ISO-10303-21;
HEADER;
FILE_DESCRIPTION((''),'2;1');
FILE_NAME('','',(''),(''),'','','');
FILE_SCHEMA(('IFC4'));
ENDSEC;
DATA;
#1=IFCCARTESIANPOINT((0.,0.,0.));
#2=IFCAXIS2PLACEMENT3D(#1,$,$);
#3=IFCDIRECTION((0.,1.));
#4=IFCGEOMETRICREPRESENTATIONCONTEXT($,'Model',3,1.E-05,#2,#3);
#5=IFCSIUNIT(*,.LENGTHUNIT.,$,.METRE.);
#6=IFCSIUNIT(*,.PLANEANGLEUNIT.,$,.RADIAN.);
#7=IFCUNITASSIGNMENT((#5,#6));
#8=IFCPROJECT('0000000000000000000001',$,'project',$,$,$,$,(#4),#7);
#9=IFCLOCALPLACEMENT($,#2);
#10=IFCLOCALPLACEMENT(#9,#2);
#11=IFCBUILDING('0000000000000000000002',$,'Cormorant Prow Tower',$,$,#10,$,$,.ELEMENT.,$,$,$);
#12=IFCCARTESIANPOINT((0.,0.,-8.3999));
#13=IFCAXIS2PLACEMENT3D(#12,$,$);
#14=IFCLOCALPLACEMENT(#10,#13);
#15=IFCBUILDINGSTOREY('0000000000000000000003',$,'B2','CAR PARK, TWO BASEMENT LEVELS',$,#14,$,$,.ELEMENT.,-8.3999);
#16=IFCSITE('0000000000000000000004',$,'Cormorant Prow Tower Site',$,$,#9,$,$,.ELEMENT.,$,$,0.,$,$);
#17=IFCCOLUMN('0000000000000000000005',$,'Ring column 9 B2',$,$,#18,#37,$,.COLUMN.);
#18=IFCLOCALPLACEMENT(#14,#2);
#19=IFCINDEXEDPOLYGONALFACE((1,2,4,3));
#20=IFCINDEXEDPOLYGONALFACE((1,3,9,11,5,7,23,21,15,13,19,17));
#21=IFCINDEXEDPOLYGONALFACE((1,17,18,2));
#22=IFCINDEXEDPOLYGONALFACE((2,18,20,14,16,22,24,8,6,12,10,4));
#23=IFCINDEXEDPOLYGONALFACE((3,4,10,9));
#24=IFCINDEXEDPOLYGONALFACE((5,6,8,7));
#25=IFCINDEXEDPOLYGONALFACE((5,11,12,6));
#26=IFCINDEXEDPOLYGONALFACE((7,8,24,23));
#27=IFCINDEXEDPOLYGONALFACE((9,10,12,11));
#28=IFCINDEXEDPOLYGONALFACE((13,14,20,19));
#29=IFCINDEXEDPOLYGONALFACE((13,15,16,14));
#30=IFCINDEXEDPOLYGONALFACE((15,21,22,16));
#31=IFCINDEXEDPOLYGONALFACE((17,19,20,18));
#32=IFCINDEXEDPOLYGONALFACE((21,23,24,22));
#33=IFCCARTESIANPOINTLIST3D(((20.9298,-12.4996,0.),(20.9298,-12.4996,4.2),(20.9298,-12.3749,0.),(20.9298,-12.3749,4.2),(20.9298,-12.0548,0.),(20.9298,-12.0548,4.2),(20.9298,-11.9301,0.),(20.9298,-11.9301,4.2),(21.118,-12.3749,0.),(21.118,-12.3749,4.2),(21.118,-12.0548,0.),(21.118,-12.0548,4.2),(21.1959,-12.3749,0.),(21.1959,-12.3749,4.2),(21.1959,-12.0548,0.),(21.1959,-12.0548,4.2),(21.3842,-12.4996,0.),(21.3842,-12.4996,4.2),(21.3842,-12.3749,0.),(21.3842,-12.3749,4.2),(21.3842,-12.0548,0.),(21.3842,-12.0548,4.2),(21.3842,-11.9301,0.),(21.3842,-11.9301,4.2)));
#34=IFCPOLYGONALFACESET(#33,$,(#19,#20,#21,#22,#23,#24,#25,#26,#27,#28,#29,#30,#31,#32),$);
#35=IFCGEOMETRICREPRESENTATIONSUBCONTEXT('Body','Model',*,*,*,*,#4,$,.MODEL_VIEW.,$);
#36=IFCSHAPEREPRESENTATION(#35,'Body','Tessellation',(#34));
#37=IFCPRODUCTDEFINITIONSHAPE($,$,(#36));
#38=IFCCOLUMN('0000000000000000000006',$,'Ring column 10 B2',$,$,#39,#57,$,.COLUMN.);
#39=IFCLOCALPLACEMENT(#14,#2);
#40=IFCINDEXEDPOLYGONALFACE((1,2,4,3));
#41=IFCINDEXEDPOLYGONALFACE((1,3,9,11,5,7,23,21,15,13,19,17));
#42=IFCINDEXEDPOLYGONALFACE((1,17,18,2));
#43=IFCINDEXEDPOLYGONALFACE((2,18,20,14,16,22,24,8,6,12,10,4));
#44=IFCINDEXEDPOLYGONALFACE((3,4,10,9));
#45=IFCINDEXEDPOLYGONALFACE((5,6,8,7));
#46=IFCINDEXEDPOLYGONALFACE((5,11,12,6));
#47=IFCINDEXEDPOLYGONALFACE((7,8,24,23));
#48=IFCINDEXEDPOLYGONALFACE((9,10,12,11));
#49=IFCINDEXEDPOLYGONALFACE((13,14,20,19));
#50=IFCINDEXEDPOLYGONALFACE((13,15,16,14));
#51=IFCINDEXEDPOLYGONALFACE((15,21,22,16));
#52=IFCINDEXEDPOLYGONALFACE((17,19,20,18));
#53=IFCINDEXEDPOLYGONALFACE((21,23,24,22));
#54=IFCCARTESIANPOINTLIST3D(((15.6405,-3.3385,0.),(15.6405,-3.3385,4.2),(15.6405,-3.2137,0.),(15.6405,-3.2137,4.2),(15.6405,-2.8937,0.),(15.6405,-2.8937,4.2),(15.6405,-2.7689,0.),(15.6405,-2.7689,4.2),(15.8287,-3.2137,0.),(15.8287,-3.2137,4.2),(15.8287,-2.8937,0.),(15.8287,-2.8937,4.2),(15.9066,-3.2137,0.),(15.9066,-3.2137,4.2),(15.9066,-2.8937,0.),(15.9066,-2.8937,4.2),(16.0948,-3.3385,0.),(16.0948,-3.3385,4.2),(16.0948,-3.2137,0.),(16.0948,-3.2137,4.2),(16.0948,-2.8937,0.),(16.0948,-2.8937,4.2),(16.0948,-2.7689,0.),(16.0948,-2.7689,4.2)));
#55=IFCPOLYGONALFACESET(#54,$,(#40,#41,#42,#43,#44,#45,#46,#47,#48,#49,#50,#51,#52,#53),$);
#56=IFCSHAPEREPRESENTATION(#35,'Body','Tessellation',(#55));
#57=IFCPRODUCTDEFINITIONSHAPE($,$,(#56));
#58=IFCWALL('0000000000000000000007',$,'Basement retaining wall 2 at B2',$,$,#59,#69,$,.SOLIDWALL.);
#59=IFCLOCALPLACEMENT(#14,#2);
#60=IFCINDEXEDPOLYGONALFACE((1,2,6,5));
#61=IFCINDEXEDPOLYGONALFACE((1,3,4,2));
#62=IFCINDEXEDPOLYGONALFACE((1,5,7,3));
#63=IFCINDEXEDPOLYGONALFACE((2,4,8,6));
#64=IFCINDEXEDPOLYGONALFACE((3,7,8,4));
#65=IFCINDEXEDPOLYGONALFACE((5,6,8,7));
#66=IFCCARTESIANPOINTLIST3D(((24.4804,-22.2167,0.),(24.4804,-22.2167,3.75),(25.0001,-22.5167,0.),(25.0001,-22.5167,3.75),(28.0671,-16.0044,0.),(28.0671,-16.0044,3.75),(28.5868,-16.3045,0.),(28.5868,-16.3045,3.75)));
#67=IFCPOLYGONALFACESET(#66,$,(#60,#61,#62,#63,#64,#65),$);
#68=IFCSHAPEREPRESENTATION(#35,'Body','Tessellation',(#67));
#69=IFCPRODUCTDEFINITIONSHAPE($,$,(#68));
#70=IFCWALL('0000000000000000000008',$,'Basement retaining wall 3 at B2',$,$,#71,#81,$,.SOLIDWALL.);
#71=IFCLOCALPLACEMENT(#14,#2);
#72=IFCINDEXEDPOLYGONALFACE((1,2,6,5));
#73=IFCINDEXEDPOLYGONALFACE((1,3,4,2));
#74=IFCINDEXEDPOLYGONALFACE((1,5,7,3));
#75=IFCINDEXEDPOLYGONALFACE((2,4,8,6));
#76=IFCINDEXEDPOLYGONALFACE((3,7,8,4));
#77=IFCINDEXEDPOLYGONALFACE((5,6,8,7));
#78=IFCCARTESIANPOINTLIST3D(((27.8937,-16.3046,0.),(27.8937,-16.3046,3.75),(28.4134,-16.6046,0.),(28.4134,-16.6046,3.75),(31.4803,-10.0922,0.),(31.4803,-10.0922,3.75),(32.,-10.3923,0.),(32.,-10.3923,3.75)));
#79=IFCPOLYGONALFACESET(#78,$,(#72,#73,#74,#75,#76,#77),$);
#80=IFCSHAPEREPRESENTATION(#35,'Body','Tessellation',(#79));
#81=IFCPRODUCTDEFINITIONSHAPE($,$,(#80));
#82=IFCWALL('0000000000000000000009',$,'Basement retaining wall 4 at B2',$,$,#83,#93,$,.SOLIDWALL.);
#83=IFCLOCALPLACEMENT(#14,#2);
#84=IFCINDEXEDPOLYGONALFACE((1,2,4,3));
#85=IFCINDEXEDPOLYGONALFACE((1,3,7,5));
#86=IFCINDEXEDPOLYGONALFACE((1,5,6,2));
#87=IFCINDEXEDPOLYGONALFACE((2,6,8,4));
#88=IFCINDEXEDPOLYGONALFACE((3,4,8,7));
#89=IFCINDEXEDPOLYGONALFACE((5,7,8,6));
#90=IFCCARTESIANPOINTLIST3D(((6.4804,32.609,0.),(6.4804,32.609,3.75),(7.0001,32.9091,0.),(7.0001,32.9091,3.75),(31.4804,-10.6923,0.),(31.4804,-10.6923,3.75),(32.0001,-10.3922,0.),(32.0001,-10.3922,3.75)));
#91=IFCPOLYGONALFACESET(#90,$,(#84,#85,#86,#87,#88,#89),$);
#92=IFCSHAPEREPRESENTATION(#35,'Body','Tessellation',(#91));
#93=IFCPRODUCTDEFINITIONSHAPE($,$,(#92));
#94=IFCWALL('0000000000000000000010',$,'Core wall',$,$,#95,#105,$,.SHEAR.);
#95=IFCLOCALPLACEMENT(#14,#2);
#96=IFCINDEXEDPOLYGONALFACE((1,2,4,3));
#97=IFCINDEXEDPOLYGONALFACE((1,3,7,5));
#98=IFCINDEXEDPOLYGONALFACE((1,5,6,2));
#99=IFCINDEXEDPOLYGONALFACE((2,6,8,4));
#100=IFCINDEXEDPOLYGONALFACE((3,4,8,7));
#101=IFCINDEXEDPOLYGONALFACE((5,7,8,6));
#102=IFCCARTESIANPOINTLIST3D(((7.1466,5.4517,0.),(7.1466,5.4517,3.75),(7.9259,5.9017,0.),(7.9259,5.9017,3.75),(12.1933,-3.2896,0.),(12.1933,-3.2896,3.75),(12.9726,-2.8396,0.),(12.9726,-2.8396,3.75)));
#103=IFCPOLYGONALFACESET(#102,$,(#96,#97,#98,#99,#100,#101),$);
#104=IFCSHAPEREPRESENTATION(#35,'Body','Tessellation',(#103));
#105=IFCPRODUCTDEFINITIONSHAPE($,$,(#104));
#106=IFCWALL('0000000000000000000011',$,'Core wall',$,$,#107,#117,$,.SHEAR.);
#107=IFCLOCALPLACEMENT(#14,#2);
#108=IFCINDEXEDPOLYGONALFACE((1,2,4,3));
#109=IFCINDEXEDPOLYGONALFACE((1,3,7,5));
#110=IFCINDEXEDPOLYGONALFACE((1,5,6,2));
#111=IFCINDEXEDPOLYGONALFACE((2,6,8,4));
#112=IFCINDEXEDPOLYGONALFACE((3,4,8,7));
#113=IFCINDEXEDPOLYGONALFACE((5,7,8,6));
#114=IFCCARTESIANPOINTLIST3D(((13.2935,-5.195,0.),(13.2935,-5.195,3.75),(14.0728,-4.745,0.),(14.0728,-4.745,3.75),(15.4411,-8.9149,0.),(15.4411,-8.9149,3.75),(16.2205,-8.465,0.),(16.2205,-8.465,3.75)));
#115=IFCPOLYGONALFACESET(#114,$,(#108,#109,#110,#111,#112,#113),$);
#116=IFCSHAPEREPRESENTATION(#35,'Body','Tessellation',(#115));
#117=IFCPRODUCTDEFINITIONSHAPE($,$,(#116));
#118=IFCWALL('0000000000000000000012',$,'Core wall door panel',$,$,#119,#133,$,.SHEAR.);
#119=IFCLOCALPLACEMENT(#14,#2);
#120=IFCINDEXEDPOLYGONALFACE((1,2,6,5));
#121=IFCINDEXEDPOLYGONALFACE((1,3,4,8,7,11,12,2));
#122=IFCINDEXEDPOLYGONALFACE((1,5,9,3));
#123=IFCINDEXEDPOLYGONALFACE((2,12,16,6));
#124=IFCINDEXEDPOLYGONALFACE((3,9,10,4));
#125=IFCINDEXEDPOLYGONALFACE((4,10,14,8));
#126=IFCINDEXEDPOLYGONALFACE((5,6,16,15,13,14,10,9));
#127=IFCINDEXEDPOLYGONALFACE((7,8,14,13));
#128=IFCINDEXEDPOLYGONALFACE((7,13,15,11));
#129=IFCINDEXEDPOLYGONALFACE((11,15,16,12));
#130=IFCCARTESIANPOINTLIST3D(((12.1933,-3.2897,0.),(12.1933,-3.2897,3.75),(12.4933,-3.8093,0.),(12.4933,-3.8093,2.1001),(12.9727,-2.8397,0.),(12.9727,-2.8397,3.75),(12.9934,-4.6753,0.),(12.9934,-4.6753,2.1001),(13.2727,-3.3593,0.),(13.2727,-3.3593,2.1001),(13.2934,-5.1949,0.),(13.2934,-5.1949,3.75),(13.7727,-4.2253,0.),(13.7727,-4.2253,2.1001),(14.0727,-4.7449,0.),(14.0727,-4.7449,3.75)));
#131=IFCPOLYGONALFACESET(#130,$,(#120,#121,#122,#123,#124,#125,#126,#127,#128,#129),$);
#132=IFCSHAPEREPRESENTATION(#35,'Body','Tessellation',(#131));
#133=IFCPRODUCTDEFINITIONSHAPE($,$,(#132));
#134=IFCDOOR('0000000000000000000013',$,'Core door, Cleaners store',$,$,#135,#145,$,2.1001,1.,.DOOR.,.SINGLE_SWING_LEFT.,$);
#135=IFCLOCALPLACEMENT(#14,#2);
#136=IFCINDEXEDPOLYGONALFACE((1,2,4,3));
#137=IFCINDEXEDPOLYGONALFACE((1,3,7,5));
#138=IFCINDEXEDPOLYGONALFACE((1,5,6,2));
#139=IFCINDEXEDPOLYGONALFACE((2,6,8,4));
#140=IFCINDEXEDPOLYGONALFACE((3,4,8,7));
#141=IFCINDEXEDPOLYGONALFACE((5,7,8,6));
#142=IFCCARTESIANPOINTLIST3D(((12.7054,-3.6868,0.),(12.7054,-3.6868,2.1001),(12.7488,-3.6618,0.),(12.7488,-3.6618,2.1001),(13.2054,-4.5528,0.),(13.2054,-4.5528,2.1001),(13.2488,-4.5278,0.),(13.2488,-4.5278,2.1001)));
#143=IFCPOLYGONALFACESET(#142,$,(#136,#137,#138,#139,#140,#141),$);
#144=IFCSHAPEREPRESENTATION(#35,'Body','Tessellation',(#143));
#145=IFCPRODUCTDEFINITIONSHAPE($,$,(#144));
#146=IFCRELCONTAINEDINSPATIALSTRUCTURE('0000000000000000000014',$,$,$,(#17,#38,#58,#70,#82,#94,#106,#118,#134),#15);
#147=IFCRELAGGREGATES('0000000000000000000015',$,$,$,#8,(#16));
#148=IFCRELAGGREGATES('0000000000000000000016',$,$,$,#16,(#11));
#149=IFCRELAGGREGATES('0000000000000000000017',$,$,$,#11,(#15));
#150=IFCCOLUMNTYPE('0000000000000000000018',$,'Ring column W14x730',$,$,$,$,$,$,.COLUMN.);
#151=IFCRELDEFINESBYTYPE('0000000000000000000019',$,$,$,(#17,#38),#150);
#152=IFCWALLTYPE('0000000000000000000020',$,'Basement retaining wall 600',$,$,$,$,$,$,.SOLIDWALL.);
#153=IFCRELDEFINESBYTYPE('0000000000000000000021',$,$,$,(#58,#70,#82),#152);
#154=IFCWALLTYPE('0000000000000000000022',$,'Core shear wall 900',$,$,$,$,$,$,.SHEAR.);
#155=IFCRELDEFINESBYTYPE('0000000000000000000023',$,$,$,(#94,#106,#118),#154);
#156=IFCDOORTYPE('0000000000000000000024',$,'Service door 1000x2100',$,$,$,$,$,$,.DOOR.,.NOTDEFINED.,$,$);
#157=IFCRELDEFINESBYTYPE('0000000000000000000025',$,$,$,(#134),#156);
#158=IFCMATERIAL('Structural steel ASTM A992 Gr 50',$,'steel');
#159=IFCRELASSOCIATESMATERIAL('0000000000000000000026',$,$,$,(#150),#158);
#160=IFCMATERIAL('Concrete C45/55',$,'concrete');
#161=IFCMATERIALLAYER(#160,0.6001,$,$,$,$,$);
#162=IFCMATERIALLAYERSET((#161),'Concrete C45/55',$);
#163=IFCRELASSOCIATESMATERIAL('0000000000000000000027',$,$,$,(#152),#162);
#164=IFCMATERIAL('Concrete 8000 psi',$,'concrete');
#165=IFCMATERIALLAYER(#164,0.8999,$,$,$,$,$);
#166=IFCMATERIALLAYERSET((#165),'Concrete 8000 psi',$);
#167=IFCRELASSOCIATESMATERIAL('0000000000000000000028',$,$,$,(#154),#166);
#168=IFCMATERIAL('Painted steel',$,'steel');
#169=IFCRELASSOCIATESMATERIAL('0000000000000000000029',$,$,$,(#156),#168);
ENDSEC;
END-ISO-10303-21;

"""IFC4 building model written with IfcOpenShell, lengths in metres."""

from ifc_helpers import new_model, si_unit, direction, frame, frame_2d, origin, origin_2d, place, context, subcontext, project, spatial, rectangle, i_section, extrude, material, layer, layer_set, material_profile, profile_set, type_object, element, fill, save


model = new_model("IFC4")

# Units and contexts
model_context = context("Model", 3, precision=1e-05, world=origin(), true_north=direction((0.0, 1.0)))
body_context = subcontext(model_context, "Body", "Model", "MODEL_VIEW")
ifc_project = project(units=[si_unit("LENGTHUNIT", "METRE"), si_unit("PLANEANGLEUNIT", "RADIAN")], contexts=[model_context])

# Site, building, storey
site_placement = place(None, origin())
site = spatial("IfcSite", under=ifc_project, at=site_placement, Name="Cormorant Prow Tower Site", CompositionType="ELEMENT", RefElevation=0.0)
building_placement = place(site_placement, origin())
building = spatial("IfcBuilding", under=site, at=building_placement, Name="Cormorant Prow Tower", CompositionType="ELEMENT")
storey_placement = place(building_placement, frame((0.0, 0.0, -8.3999)))
storey = spatial("IfcBuildingStorey", under=building, at=storey_placement, Name="B2", Description="CAR PARK, TWO BASEMENT LEVELS", CompositionType="ELEMENT", Elevation=-8.3999)

# Columns
ifc_material_1 = material(Name="Structural steel ASTM A992 Gr 50", Category="steel")
ifc_material_profile_1 = material_profile(ifc_material_1, i_section(OverallWidth=0.4543, OverallDepth=0.5696, WebThickness=0.0779, FlangeThickness=0.1248, at=origin_2d()), Name="W14x730")
ifc_profile_set_1 = profile_set([ifc_material_profile_1], Name="Structural steel ASTM A992 Gr 50")
column_type_1 = type_object("IfcColumnType", Name="Ring column W14x730", PredefinedType="COLUMN", material=ifc_profile_set_1)
for number, where, z_axis, x_axis, name in (
    (1, (21.157, -12.2148, 0.0), (0.0, 0.0, 1.0), (1.0, 0.0, 0.0), "Ring column 9 B2"),
    (2, (15.8677, -3.0537, 0.0), (0.0, 0.0, 1.0), (1.0, 0.0, 0.0), "Ring column 10 B2"),
):
    element("IfcColumn", number, at=place(storey_placement, frame(where, z_axis=z_axis, x_axis=x_axis)), inside=storey, type_object=column_type_1, Name=name, PredefinedType="COLUMN", context=body_context, shape_type="SweptSolid", body=[
        extrude(i_section(OverallWidth=0.4543, OverallDepth=0.5696, WebThickness=0.0779, FlangeThickness=0.1248, at=origin_2d()), origin(), (0.0, 0.0, 1.0), 4.2),
    ])

# Walls
ifc_material_2 = material(Name="Concrete C45/55", Category="concrete")
ifc_layer_1 = layer(ifc_material_2, 0.6001)
ifc_layer_set_1 = layer_set([ifc_layer_1], Name="Concrete C45/55")
wall_type_1 = type_object("IfcWallType", Name="Basement retaining wall 600", PredefinedType="SOLIDWALL", material=ifc_layer_set_1)
for number, where, z_axis, x_axis, name in (
    (3, (24.7402, -22.3667, 0.0), (0.0, 0.0, 1.0), (0.500008, 0.866021, 0.0), "Basement retaining wall 2 at B2"),
    (4, (28.1536, -16.4546, 0.0), (0.0, 0.0, 1.0), (0.499993, 0.866029, 0.0), "Basement retaining wall 3 at B2"),
):
    element("IfcWall", number, at=place(storey_placement, frame(where, z_axis=z_axis, x_axis=x_axis)), inside=storey, type_object=wall_type_1, Name=name, PredefinedType="SOLIDWALL", context=body_context, shape_type="SweptSolid", body=[
        extrude(rectangle(XDim=7.1733, YDim=0.6001, at=frame_2d((3.5867, 0.0))), origin(), (0.0, 0.0, 1.0), 3.75),
    ])
wall_1_placement = place(storey_placement, frame((31.7402, -10.5422, 0.0), z_axis=(0.0, 0.0, 1.0), x_axis=(-0.5, 0.866025, 0.0)))
element("IfcWall", 5, at=wall_1_placement, inside=storey, type_object=wall_type_1, Name="Basement retaining wall 4 at B2", PredefinedType="SOLIDWALL", context=body_context, shape_type="SweptSolid", body=[
    extrude(rectangle(XDim=50.0, YDim=0.6001, at=frame_2d((25.0, 0.0))), origin(), (0.0, 0.0, 1.0), 3.75),
])
ifc_material_3 = material(Name="Concrete 8000 psi", Category="concrete")
ifc_layer_2 = layer(ifc_material_3, 0.8999)
ifc_layer_set_2 = layer_set([ifc_layer_2], Name="Concrete 8000 psi")
wall_type_2 = type_object("IfcWallType", Name="Core shear wall 900", PredefinedType="SHEAR", material=ifc_layer_set_2)
wall_2_placement = place(storey_placement, frame((12.583, -3.0647, 0.0), z_axis=(0.0, 0.0, 1.0), x_axis=(-0.499992, 0.86603, 0.0)))
element("IfcWall", 6, at=wall_2_placement, inside=storey, type_object=wall_type_2, Name="Core wall", PredefinedType="SHEAR", context=body_context, shape_type="SweptSolid", body=[
    extrude(rectangle(XDim=10.0935, YDim=0.8999, at=frame_2d((5.0469, 0.0))), origin(), (0.0, 0.0, 1.0), 3.75),
])
wall_3_placement = place(storey_placement, frame((15.8308, -8.6899, 0.0), z_axis=(0.0, 0.0, 1.0), x_axis=(-0.499996, 0.866028, 0.0)))
element("IfcWall", 7, at=wall_3_placement, inside=storey, type_object=wall_type_2, Name="Core wall", PredefinedType="SHEAR", context=body_context, shape_type="SweptSolid", body=[
    extrude(rectangle(XDim=4.2954, YDim=0.8999, at=frame_2d((2.1477, 0.0))), origin(), (0.0, 0.0, 1.0), 3.75),
])

# Wall, opening, door
wall_4_placement = place(storey_placement, frame((13.6831, -4.97, 0.0), z_axis=(0.0, 0.0, 1.0), x_axis=(-0.50003, 0.866008, 0.0)))
wall_4 = element("IfcWall", 8, at=wall_4_placement, inside=storey, type_object=wall_type_2, Name="Core wall door panel", PredefinedType="SHEAR", context=body_context, shape_type="SweptSolid", body=[
    extrude(rectangle(XDim=2.2, YDim=0.8999, at=frame_2d((1.1001, 0.0))), origin(), (0.0, 0.0, 1.0), 3.75),
])
opening_placement = place(wall_4_placement, frame((0.6001, 0.0, 0.0)))
opening = element("IfcOpeningElement", 9, at=opening_placement, cuts=wall_4, PredefinedType="OPENING", context=body_context, shape_type="SweptSolid", body=[
    extrude(rectangle(XDim=1.0, YDim=2.1001, at=frame_2d((0.5, 1.05))), frame((0.0, 0.46, 0.0), z_axis=(0.0, -1.0, 0.0), x_axis=(1.0, 0.0, 0.0)), (0.0, 0.0, 1.0), 0.9199),
])
ifc_material_4 = material(Name="Painted steel", Category="steel")
door_type = type_object("IfcDoorType", Name="Service door 1000x2100", OperationType="NOTDEFINED", PredefinedType="DOOR", material=ifc_material_4)
door_placement = place(opening_placement, origin())
door = element("IfcDoor", 10, at=door_placement, inside=storey, type_object=door_type, Name="Core door, Cleaners store", OperationType="SINGLE_SWING_LEFT", OverallHeight=2.1001, OverallWidth=1.0, PredefinedType="DOOR", context=body_context, shape_type="SweptSolid", body=[
    extrude(rectangle(XDim=1.0, YDim=2.1001, at=frame_2d((0.5, 1.05))), frame((0.0, 0.2051, 0.0), z_axis=(0.0, -1.0, 0.0), x_axis=(1.0, 0.0, 0.0)), (0.0, 0.0, 1.0), 0.05),
])
fill(opening, door)

save(model, "model.ifc")
